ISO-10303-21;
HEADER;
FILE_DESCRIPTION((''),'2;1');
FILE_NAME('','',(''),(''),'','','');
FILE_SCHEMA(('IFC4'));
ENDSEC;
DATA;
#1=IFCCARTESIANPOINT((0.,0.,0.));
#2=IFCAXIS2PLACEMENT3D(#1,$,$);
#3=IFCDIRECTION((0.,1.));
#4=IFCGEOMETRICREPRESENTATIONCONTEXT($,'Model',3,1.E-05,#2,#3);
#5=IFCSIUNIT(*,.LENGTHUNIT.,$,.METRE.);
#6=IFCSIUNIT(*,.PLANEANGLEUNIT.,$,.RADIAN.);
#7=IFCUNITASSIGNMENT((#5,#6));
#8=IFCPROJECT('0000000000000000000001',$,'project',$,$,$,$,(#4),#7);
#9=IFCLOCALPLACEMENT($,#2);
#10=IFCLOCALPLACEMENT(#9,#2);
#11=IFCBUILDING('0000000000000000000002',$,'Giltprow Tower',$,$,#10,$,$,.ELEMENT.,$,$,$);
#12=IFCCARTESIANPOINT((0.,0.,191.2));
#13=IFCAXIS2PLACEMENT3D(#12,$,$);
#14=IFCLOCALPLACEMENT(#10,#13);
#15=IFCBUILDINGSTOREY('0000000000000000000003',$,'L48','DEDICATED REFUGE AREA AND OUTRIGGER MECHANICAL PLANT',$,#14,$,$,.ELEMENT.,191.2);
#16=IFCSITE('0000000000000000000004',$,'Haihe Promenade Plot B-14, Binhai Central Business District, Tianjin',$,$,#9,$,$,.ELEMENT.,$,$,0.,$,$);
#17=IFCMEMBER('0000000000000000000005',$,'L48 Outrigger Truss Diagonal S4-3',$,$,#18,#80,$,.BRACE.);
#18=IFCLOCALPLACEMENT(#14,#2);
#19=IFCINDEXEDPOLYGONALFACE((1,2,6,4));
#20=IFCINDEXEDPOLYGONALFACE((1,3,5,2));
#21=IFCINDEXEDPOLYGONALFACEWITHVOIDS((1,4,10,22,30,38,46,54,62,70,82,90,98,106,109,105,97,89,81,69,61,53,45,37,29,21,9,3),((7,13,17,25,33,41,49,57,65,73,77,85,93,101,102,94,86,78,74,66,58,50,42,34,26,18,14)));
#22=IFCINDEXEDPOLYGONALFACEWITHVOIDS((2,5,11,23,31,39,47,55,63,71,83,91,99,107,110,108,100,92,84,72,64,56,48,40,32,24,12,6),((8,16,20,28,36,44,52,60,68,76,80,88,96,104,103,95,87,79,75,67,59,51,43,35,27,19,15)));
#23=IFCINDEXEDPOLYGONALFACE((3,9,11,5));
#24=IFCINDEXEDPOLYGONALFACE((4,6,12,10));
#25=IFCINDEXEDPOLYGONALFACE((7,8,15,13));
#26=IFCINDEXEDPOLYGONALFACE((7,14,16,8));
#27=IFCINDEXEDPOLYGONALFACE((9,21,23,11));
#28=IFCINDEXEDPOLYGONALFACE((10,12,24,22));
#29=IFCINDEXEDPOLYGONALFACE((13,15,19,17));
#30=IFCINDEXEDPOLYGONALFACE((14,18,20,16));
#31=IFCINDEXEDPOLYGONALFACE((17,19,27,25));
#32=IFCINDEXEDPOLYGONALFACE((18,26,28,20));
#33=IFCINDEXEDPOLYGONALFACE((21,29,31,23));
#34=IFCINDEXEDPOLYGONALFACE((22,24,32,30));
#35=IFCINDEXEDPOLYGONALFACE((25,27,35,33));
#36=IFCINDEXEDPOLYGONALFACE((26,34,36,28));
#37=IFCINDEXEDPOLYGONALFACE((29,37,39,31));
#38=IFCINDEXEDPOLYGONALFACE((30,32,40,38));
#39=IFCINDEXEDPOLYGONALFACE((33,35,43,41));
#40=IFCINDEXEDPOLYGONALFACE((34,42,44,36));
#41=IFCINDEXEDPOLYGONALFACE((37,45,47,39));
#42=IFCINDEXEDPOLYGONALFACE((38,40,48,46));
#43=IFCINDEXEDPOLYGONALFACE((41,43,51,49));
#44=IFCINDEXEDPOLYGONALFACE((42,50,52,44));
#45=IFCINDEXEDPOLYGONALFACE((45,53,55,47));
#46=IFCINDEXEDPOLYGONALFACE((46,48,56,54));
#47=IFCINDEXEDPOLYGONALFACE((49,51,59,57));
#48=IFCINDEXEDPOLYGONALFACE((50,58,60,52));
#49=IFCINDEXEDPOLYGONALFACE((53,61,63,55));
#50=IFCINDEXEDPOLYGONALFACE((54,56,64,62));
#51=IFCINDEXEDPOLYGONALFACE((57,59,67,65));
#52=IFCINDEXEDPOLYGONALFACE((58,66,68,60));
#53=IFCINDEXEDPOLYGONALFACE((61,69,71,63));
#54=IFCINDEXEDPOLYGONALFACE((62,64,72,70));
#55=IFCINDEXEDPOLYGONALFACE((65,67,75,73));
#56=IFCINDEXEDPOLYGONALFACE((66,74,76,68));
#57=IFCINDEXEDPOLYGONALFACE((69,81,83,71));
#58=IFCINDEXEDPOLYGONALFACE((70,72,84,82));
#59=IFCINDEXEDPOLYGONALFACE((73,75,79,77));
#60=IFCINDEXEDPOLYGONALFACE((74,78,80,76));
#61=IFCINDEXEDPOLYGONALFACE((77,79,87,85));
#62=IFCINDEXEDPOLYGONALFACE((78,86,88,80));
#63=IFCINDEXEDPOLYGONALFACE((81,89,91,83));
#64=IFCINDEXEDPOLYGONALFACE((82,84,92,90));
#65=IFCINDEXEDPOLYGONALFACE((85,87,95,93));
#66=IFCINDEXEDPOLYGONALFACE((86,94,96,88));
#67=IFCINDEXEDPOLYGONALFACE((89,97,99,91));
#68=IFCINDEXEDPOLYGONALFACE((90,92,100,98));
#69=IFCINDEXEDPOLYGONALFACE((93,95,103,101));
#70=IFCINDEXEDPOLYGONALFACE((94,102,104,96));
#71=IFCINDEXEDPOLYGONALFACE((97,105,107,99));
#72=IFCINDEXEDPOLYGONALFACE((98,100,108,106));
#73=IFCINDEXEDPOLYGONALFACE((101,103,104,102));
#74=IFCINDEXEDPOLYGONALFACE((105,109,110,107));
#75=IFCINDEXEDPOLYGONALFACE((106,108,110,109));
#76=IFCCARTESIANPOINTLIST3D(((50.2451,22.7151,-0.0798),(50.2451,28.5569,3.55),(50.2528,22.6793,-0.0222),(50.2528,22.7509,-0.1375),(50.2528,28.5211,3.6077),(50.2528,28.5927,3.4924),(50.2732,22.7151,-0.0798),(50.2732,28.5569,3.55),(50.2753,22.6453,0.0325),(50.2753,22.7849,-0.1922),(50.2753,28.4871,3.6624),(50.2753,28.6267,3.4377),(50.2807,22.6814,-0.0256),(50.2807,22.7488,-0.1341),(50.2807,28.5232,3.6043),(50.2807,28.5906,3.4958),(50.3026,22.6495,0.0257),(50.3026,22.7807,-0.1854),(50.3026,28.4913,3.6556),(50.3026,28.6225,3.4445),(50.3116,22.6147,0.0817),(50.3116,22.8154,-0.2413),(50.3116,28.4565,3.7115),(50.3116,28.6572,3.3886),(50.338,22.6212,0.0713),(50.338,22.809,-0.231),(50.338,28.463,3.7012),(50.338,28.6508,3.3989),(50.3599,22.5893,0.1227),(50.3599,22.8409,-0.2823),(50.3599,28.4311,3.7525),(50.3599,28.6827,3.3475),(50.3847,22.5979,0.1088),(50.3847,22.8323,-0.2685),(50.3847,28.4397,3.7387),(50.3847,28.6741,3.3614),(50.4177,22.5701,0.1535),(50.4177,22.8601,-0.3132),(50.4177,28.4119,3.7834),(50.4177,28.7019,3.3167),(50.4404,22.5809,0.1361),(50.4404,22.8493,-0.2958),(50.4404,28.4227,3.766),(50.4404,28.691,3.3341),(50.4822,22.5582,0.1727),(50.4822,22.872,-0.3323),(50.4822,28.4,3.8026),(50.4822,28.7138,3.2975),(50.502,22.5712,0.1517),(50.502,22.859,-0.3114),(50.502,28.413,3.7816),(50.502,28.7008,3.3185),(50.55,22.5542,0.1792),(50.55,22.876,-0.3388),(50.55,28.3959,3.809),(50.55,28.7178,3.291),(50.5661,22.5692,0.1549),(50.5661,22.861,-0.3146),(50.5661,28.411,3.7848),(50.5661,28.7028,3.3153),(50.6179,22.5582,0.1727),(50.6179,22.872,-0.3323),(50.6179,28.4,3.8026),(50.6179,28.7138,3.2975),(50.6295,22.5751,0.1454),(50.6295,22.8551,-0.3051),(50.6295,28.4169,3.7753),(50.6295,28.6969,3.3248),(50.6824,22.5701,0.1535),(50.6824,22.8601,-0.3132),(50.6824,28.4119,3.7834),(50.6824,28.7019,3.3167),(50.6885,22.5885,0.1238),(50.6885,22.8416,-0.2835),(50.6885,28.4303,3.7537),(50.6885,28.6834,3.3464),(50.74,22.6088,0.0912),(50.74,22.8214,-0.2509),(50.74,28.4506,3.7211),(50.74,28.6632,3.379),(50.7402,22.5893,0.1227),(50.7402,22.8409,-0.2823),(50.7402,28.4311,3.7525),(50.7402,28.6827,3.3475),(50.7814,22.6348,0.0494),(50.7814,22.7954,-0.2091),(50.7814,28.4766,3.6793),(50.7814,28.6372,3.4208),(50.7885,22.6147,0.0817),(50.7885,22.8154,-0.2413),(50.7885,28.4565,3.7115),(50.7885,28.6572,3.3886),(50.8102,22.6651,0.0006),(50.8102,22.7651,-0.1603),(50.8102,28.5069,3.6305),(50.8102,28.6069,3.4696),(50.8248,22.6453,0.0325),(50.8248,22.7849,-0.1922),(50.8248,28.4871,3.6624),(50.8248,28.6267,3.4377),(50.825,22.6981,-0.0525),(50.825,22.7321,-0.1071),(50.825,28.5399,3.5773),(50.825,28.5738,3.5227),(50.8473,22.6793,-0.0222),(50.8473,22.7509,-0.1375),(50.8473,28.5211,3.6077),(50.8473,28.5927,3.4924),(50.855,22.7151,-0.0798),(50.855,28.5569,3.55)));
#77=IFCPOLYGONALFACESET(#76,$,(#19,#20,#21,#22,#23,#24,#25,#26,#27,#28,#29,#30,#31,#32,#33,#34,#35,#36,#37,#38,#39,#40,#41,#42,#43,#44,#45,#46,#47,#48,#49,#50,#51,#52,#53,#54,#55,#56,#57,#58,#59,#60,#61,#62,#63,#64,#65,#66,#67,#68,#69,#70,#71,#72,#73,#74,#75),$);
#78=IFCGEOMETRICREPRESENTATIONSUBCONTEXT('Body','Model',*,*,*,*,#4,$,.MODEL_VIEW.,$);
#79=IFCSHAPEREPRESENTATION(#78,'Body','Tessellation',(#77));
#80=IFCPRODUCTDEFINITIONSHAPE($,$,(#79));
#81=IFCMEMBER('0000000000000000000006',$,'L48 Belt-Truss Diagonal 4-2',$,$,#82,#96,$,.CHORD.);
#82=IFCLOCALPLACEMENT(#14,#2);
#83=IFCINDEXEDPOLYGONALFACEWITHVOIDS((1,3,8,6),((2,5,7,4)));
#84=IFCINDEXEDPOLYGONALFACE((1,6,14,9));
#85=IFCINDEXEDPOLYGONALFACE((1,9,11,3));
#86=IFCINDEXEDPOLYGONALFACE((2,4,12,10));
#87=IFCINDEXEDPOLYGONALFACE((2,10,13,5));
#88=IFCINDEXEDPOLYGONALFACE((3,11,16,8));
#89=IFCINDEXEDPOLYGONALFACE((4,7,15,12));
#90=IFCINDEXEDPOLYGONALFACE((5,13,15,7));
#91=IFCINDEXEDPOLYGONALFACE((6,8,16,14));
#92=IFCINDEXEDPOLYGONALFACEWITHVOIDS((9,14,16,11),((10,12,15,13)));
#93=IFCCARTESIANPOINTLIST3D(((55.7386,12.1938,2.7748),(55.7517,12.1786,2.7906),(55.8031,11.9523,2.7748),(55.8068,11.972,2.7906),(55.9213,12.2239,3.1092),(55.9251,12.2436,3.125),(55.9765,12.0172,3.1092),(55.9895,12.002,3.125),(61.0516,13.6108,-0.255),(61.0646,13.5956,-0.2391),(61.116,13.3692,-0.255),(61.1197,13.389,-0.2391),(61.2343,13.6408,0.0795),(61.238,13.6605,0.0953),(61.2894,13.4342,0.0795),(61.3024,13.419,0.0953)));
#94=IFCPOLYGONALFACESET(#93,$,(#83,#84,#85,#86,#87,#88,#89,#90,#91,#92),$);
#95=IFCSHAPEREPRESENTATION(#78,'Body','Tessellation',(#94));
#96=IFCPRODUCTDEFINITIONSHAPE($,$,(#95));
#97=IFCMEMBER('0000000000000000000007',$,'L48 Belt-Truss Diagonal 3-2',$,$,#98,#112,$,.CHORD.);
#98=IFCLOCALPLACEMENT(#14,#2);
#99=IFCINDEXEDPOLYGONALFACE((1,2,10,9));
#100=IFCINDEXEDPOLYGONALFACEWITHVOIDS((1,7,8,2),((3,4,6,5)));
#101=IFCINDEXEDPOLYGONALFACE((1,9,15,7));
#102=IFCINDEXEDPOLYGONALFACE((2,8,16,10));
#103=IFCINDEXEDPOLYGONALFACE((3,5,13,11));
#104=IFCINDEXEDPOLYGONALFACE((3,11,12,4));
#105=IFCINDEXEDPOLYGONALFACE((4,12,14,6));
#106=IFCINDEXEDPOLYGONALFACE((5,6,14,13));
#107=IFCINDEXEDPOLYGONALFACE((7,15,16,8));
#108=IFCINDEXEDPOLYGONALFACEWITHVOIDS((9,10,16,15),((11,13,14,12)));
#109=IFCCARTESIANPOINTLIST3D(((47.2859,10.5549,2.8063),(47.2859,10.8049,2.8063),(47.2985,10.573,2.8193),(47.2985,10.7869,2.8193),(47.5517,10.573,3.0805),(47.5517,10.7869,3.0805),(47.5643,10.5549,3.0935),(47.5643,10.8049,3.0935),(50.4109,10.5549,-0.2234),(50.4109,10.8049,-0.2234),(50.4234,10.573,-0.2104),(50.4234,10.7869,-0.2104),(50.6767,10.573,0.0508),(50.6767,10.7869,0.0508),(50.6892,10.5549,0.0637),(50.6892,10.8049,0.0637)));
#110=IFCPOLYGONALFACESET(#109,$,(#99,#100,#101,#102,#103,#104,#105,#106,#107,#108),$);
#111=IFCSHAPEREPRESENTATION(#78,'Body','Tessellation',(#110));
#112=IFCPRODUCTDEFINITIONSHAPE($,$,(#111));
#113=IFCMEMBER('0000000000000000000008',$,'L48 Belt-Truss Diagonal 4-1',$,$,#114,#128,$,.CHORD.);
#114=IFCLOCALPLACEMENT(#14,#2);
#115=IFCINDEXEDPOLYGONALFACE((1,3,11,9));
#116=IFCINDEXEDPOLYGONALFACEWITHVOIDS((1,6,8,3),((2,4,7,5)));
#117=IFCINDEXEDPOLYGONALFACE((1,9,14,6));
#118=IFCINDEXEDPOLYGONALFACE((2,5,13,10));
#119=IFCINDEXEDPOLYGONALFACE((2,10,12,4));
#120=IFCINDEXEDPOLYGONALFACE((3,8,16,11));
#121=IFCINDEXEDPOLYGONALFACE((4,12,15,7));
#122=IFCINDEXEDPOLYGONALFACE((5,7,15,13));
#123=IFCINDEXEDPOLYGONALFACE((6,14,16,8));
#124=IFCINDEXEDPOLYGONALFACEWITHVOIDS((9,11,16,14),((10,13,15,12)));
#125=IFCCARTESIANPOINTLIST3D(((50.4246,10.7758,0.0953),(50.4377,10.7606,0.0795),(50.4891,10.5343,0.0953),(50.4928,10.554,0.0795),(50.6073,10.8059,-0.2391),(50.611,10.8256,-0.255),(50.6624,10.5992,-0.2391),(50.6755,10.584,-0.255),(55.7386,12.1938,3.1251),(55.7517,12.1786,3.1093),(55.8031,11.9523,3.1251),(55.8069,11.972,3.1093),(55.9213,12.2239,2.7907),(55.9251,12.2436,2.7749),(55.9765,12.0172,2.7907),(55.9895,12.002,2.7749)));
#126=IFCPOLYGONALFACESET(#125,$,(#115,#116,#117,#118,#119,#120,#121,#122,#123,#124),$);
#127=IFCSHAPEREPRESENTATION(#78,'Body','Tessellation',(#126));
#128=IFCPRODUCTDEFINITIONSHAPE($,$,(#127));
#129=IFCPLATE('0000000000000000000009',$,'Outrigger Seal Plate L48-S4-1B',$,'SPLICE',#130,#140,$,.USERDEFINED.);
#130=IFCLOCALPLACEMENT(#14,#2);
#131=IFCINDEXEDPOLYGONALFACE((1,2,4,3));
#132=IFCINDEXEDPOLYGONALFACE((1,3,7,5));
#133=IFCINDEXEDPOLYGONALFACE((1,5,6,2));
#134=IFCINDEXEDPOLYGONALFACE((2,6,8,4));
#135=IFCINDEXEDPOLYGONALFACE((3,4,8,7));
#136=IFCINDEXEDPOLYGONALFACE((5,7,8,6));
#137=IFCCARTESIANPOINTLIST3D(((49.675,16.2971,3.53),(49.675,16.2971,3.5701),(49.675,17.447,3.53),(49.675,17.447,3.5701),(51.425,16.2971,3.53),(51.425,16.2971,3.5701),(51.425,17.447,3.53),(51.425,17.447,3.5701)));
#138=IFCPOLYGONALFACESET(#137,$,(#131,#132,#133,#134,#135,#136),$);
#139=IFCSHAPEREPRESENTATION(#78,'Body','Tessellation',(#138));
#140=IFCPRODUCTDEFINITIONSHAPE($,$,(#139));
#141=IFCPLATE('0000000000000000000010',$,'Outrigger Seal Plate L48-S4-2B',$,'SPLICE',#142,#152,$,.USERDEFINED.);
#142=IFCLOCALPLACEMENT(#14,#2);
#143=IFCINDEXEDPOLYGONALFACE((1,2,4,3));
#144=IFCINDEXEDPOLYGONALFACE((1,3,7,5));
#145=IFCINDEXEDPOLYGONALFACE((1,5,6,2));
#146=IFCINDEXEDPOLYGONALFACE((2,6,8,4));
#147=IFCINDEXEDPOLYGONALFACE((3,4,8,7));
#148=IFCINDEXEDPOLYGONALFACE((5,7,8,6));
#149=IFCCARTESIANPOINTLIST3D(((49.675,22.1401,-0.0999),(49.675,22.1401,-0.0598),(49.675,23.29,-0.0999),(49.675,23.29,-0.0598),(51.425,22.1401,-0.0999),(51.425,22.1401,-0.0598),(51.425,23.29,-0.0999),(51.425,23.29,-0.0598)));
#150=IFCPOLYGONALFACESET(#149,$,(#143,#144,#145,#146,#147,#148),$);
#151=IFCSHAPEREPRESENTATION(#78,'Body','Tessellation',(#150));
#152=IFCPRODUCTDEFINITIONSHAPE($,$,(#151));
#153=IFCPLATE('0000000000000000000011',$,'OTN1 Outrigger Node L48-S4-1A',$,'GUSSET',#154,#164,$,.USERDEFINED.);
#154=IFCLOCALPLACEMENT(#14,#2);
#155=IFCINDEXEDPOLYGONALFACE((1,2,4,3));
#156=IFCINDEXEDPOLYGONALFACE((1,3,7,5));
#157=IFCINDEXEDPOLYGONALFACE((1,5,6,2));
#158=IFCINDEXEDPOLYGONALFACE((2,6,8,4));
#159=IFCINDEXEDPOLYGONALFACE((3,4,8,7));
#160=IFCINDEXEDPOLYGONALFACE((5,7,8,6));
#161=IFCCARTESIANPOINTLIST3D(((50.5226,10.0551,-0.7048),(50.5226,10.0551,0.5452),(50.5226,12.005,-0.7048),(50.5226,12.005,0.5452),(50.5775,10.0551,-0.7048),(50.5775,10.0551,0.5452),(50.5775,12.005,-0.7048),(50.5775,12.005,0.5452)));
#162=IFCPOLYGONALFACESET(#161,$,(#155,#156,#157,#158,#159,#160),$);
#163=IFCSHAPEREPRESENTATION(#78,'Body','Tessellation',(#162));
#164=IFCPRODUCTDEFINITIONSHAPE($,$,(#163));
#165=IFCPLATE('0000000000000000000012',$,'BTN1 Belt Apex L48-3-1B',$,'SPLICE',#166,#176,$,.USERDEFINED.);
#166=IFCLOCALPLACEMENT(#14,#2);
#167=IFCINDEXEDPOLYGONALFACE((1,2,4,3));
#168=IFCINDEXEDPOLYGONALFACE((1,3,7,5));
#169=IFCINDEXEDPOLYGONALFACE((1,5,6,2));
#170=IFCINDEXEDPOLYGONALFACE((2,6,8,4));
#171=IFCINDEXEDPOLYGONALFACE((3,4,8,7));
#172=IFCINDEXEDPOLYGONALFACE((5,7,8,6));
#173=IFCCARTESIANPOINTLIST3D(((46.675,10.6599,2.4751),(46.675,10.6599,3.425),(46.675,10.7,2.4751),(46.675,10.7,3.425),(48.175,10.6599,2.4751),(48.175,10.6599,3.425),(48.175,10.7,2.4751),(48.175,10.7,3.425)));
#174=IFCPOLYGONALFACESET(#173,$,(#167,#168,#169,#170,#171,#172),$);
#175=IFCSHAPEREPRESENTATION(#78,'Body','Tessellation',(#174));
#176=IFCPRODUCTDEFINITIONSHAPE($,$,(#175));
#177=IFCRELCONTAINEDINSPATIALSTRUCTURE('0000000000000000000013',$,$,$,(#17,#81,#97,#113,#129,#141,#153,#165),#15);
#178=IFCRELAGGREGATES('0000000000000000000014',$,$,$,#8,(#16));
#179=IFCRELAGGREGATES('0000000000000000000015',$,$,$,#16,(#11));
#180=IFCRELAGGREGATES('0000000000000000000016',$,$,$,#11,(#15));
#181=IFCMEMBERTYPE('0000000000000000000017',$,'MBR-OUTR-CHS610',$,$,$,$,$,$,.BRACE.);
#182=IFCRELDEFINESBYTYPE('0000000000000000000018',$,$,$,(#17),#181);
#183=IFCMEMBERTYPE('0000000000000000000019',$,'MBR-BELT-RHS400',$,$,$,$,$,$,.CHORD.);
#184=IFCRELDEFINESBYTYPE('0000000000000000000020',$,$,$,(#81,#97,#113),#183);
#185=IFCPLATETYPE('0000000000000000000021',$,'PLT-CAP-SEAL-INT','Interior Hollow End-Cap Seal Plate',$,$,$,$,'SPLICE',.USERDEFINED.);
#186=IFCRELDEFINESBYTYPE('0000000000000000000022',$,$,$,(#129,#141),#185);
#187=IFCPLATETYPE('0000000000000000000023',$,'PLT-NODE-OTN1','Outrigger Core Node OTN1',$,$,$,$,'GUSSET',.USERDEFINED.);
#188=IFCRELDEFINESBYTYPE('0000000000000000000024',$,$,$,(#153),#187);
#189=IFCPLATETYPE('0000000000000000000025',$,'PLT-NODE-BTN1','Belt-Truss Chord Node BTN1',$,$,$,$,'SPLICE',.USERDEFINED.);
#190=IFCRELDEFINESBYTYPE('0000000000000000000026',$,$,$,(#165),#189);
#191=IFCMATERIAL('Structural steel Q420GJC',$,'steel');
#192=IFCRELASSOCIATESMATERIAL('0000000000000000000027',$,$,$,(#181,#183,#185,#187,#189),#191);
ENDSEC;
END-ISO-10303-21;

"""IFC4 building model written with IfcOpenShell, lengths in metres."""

from ifc_helpers import new_model, si_unit, direction, frame, origin, origin_2d, place, context, subcontext, project, spatial, rectangle, hollow_rectangle, hollow_circle, extrude, source, transform, mapped, material, material_profile, profile_set, type_object, element, save


model = new_model("IFC4")

# Units and contexts
model_context = context("Model", 3, precision=1e-05, world=origin(), true_north=direction((0.0, 1.0)))
body_context = subcontext(model_context, "Body", "Model", "MODEL_VIEW")
ifc_project = project(units=[si_unit("LENGTHUNIT", "METRE"), si_unit("PLANEANGLEUNIT", "RADIAN")], contexts=[model_context])

# Site, building, storey
site_placement = place(None, origin())
site = spatial("IfcSite", under=ifc_project, at=site_placement, Name="Haihe Promenade Plot B-14, Binhai Central Business District, Tianjin", CompositionType="ELEMENT", RefElevation=0.0)
building_placement = place(site_placement, origin())
building = spatial("IfcBuilding", under=site, at=building_placement, Name="Giltprow Tower", CompositionType="ELEMENT")
storey_placement = place(building_placement, frame((0.0, 0.0, 191.2)))
storey = spatial("IfcBuildingStorey", under=building, at=storey_placement, Name="L48", Description="DEDICATED REFUGE AREA AND OUTRIGGER MECHANICAL PLANT", CompositionType="ELEMENT", Elevation=191.2)

# Shared definitions
ifc_material_1 = material(Name="Structural steel Q420GJC", Category="steel")

# Members
ifc_material_profile_1 = material_profile(ifc_material_1, hollow_circle(Radius=0.3049, WallThickness=0.0281, at=origin_2d()), Name="CHS 610x28")
ifc_profile_set_1 = profile_set([ifc_material_profile_1], Name="Structural steel Q420GJC")
member_type_1 = type_object("IfcMemberType", Name="MBR-OUTR-CHS610", PredefinedType="BRACE", material=ifc_profile_set_1)
shared_shape_1 = source(origin(), body_context, "Body", "SweptSolid", [
    extrude(hollow_circle(Radius=0.3049, WallThickness=0.0281, at=origin_2d()), origin(), (0.0, 0.0, 1.0), 6.8777),
])
member_1_placement = place(storey_placement, frame((50.55, 22.7151, -0.0798), z_axis=(0.0, 0.849383, 0.527776), x_axis=(-1.0, 0.0, 0.0)))
element("IfcMember", 1, at=member_1_placement, inside=storey, type_object=member_type_1, Name="L48 Outrigger Truss Diagonal S4-3", PredefinedType="BRACE", context=body_context, shape_type="MappedRepresentation", body=[
    mapped(shared_shape_1, transform((0.0, 0.0, 0.0), x_axis=(1.0, 0.0, 0.0), y_axis=(0.0, 1.0, 0.0), z_axis=(0.0, 0.0, 1.0), scale=1.0)),
])
ifc_material_profile_2 = material_profile(ifc_material_1, hollow_rectangle(XDim=0.25, YDim=0.3999, WallThickness=0.0181, at=origin_2d()), Name="RHS 400x250x18")
ifc_profile_set_2 = profile_set([ifc_material_profile_2], Name="Structural steel Q420GJC")
member_type_2 = type_object("IfcMemberType", Name="MBR-BELT-RHS400", PredefinedType="CHORD", material=ifc_profile_set_2)
shared_shape_2 = source(origin(), body_context, "Body", "SweptSolid", [
    extrude(hollow_rectangle(XDim=0.25, YDim=0.3999, WallThickness=0.0181, at=origin_2d()), origin(), (0.0, 0.0, 1.0), 6.2781),
])
member_2_placement = place(storey_placement, frame((61.177, 13.5149, -0.0798), z_axis=(-0.846265, -0.225702, 0.482591), x_axis=(0.257696, -0.966226, 0.0)))
element("IfcMember", 2, at=member_2_placement, inside=storey, type_object=member_type_2, Name="L48 Belt-Truss Diagonal 4-2", PredefinedType="CHORD", context=body_context, shape_type="MappedRepresentation", body=[
    mapped(shared_shape_2, transform((0.0, 0.0, 0.0), x_axis=(1.0, 0.0, 0.0), y_axis=(0.0, 1.0, 0.0), z_axis=(0.0, 0.0, 1.0), scale=1.0)),
])
shared_shape_3 = source(origin(), body_context, "Body", "SweptSolid", [
    extrude(hollow_rectangle(XDim=0.25, YDim=0.3999, WallThickness=0.0181, at=origin_2d()), origin(), (0.0, 0.0, 1.0), 4.3525),
])
member_3_placement = place(storey_placement, frame((50.55, 10.6799, -0.0798), z_axis=(-0.71796, 0.0, 0.696085), x_axis=(0.0, -1.0, 0.0)))
element("IfcMember", 3, at=member_3_placement, inside=storey, type_object=member_type_2, Name="L48 Belt-Truss Diagonal 3-2", PredefinedType="CHORD", context=body_context, shape_type="MappedRepresentation", body=[
    mapped(shared_shape_3, transform((0.0, 0.0, 0.0), x_axis=(1.0, 0.0, 0.0), y_axis=(0.0, 1.0, 0.0), z_axis=(0.0, 0.0, 1.0), scale=1.0)),
])
shared_shape_4 = source(origin(), body_context, "Body", "SweptSolid", [
    extrude(hollow_rectangle(XDim=0.25, YDim=0.3999, WallThickness=0.0181, at=origin_2d()), origin(), (0.0, 0.0, 1.0), 6.2793),
])
member_4_placement = place(storey_placement, frame((50.55, 10.6799, -0.0798), z_axis=(0.846279, 0.22582, 0.482511), x_axis=(-0.257817, 0.966194, 0.0)))
element("IfcMember", 4, at=member_4_placement, inside=storey, type_object=member_type_2, Name="L48 Belt-Truss Diagonal 4-1", PredefinedType="CHORD", context=body_context, shape_type="MappedRepresentation", body=[
    mapped(shared_shape_4, transform((0.0, 0.0, 0.0), x_axis=(1.0, 0.0, 0.0), y_axis=(0.0, 1.0, 0.0), z_axis=(0.0, 0.0, 1.0), scale=1.0)),
])

# Plates
plate_type_1 = type_object("IfcPlateType", Name="PLT-CAP-SEAL-INT", Description="Interior Hollow End-Cap Seal Plate", ElementType="SPLICE", PredefinedType="USERDEFINED", material=ifc_material_1)
shared_shape_5 = source(origin(), body_context, "Body", "SweptSolid", [
    extrude(rectangle(XDim=1.75, YDim=1.1499, at=origin_2d()), origin(), (0.0, 0.0, 1.0), 0.04),
])
for number, where, z_axis, x_axis, name in (
    (5, (50.55, 16.8721, 3.53), (0.0, 0.0, 1.0), (1.0, 0.0, 0.0), "Outrigger Seal Plate L48-S4-1B"),
    (6, (50.55, 22.7151, -0.0999), (0.0, 0.0, 1.0), (1.0, 0.0, 0.0), "Outrigger Seal Plate L48-S4-2B"),
):
    element("IfcPlate", number, at=place(storey_placement, frame(where, z_axis=z_axis, x_axis=x_axis)), inside=storey, type_object=plate_type_1, Name=name, ObjectType="SPLICE", PredefinedType="USERDEFINED", context=body_context, shape_type="MappedRepresentation", body=[
        mapped(shared_shape_5, transform((0.0, 0.0, 0.0), x_axis=(1.0, 0.0, 0.0), y_axis=(0.0, 1.0, 0.0), z_axis=(0.0, 0.0, 1.0), scale=1.0)),
    ])
plate_type_2 = type_object("IfcPlateType", Name="PLT-NODE-OTN1", Description="Outrigger Core Node OTN1", ElementType="GUSSET", PredefinedType="USERDEFINED", material=ifc_material_1)
shared_shape_6 = source(origin(), body_context, "Body", "SweptSolid", [
    extrude(rectangle(XDim=1.95, YDim=0.0549, at=origin_2d()), origin(), (0.0, 0.0, 1.0), 1.25),
])
plate_placement = place(storey_placement, frame((50.55, 11.03, -0.7048), z_axis=(0.0, 0.0, 1.0), x_axis=(0.0, 1.0, 0.0)))
element("IfcPlate", 7, at=plate_placement, inside=storey, type_object=plate_type_2, Name="OTN1 Outrigger Node L48-S4-1A", ObjectType="GUSSET", PredefinedType="USERDEFINED", context=body_context, shape_type="MappedRepresentation", body=[
    mapped(shared_shape_6, transform((0.0, 0.0, 0.0), x_axis=(1.0, 0.0, 0.0), y_axis=(0.0, 1.0, 0.0), z_axis=(0.0, 0.0, 1.0), scale=1.0)),
])
plate_type_3 = type_object("IfcPlateType", Name="PLT-NODE-BTN1", Description="Belt-Truss Chord Node BTN1", ElementType="SPLICE", PredefinedType="USERDEFINED", material=ifc_material_1)
shared_shape_7 = source(origin(), body_context, "Body", "SweptSolid", [
    extrude(rectangle(XDim=1.5, YDim=0.04, at=origin_2d()), origin(), (0.0, 0.0, 1.0), 0.95),
])
for number, where, z_axis, x_axis, name in (
    (8, (47.425, 10.6799, 2.4751), (0.0, 0.0, 1.0), (1.0, 0.0, 0.0), "BTN1 Belt Apex L48-3-1B"),
):
    element("IfcPlate", number, at=place(storey_placement, frame(where, z_axis=z_axis, x_axis=x_axis)), inside=storey, type_object=plate_type_3, Name=name, ObjectType="SPLICE", PredefinedType="USERDEFINED", context=body_context, shape_type="MappedRepresentation", body=[
        mapped(shared_shape_7, transform((0.0, 0.0, 0.0), x_axis=(1.0, 0.0, 0.0), y_axis=(0.0, 1.0, 0.0), z_axis=(0.0, 0.0, 1.0), scale=1.0)),
    ])

save(model, "model.ifc")
